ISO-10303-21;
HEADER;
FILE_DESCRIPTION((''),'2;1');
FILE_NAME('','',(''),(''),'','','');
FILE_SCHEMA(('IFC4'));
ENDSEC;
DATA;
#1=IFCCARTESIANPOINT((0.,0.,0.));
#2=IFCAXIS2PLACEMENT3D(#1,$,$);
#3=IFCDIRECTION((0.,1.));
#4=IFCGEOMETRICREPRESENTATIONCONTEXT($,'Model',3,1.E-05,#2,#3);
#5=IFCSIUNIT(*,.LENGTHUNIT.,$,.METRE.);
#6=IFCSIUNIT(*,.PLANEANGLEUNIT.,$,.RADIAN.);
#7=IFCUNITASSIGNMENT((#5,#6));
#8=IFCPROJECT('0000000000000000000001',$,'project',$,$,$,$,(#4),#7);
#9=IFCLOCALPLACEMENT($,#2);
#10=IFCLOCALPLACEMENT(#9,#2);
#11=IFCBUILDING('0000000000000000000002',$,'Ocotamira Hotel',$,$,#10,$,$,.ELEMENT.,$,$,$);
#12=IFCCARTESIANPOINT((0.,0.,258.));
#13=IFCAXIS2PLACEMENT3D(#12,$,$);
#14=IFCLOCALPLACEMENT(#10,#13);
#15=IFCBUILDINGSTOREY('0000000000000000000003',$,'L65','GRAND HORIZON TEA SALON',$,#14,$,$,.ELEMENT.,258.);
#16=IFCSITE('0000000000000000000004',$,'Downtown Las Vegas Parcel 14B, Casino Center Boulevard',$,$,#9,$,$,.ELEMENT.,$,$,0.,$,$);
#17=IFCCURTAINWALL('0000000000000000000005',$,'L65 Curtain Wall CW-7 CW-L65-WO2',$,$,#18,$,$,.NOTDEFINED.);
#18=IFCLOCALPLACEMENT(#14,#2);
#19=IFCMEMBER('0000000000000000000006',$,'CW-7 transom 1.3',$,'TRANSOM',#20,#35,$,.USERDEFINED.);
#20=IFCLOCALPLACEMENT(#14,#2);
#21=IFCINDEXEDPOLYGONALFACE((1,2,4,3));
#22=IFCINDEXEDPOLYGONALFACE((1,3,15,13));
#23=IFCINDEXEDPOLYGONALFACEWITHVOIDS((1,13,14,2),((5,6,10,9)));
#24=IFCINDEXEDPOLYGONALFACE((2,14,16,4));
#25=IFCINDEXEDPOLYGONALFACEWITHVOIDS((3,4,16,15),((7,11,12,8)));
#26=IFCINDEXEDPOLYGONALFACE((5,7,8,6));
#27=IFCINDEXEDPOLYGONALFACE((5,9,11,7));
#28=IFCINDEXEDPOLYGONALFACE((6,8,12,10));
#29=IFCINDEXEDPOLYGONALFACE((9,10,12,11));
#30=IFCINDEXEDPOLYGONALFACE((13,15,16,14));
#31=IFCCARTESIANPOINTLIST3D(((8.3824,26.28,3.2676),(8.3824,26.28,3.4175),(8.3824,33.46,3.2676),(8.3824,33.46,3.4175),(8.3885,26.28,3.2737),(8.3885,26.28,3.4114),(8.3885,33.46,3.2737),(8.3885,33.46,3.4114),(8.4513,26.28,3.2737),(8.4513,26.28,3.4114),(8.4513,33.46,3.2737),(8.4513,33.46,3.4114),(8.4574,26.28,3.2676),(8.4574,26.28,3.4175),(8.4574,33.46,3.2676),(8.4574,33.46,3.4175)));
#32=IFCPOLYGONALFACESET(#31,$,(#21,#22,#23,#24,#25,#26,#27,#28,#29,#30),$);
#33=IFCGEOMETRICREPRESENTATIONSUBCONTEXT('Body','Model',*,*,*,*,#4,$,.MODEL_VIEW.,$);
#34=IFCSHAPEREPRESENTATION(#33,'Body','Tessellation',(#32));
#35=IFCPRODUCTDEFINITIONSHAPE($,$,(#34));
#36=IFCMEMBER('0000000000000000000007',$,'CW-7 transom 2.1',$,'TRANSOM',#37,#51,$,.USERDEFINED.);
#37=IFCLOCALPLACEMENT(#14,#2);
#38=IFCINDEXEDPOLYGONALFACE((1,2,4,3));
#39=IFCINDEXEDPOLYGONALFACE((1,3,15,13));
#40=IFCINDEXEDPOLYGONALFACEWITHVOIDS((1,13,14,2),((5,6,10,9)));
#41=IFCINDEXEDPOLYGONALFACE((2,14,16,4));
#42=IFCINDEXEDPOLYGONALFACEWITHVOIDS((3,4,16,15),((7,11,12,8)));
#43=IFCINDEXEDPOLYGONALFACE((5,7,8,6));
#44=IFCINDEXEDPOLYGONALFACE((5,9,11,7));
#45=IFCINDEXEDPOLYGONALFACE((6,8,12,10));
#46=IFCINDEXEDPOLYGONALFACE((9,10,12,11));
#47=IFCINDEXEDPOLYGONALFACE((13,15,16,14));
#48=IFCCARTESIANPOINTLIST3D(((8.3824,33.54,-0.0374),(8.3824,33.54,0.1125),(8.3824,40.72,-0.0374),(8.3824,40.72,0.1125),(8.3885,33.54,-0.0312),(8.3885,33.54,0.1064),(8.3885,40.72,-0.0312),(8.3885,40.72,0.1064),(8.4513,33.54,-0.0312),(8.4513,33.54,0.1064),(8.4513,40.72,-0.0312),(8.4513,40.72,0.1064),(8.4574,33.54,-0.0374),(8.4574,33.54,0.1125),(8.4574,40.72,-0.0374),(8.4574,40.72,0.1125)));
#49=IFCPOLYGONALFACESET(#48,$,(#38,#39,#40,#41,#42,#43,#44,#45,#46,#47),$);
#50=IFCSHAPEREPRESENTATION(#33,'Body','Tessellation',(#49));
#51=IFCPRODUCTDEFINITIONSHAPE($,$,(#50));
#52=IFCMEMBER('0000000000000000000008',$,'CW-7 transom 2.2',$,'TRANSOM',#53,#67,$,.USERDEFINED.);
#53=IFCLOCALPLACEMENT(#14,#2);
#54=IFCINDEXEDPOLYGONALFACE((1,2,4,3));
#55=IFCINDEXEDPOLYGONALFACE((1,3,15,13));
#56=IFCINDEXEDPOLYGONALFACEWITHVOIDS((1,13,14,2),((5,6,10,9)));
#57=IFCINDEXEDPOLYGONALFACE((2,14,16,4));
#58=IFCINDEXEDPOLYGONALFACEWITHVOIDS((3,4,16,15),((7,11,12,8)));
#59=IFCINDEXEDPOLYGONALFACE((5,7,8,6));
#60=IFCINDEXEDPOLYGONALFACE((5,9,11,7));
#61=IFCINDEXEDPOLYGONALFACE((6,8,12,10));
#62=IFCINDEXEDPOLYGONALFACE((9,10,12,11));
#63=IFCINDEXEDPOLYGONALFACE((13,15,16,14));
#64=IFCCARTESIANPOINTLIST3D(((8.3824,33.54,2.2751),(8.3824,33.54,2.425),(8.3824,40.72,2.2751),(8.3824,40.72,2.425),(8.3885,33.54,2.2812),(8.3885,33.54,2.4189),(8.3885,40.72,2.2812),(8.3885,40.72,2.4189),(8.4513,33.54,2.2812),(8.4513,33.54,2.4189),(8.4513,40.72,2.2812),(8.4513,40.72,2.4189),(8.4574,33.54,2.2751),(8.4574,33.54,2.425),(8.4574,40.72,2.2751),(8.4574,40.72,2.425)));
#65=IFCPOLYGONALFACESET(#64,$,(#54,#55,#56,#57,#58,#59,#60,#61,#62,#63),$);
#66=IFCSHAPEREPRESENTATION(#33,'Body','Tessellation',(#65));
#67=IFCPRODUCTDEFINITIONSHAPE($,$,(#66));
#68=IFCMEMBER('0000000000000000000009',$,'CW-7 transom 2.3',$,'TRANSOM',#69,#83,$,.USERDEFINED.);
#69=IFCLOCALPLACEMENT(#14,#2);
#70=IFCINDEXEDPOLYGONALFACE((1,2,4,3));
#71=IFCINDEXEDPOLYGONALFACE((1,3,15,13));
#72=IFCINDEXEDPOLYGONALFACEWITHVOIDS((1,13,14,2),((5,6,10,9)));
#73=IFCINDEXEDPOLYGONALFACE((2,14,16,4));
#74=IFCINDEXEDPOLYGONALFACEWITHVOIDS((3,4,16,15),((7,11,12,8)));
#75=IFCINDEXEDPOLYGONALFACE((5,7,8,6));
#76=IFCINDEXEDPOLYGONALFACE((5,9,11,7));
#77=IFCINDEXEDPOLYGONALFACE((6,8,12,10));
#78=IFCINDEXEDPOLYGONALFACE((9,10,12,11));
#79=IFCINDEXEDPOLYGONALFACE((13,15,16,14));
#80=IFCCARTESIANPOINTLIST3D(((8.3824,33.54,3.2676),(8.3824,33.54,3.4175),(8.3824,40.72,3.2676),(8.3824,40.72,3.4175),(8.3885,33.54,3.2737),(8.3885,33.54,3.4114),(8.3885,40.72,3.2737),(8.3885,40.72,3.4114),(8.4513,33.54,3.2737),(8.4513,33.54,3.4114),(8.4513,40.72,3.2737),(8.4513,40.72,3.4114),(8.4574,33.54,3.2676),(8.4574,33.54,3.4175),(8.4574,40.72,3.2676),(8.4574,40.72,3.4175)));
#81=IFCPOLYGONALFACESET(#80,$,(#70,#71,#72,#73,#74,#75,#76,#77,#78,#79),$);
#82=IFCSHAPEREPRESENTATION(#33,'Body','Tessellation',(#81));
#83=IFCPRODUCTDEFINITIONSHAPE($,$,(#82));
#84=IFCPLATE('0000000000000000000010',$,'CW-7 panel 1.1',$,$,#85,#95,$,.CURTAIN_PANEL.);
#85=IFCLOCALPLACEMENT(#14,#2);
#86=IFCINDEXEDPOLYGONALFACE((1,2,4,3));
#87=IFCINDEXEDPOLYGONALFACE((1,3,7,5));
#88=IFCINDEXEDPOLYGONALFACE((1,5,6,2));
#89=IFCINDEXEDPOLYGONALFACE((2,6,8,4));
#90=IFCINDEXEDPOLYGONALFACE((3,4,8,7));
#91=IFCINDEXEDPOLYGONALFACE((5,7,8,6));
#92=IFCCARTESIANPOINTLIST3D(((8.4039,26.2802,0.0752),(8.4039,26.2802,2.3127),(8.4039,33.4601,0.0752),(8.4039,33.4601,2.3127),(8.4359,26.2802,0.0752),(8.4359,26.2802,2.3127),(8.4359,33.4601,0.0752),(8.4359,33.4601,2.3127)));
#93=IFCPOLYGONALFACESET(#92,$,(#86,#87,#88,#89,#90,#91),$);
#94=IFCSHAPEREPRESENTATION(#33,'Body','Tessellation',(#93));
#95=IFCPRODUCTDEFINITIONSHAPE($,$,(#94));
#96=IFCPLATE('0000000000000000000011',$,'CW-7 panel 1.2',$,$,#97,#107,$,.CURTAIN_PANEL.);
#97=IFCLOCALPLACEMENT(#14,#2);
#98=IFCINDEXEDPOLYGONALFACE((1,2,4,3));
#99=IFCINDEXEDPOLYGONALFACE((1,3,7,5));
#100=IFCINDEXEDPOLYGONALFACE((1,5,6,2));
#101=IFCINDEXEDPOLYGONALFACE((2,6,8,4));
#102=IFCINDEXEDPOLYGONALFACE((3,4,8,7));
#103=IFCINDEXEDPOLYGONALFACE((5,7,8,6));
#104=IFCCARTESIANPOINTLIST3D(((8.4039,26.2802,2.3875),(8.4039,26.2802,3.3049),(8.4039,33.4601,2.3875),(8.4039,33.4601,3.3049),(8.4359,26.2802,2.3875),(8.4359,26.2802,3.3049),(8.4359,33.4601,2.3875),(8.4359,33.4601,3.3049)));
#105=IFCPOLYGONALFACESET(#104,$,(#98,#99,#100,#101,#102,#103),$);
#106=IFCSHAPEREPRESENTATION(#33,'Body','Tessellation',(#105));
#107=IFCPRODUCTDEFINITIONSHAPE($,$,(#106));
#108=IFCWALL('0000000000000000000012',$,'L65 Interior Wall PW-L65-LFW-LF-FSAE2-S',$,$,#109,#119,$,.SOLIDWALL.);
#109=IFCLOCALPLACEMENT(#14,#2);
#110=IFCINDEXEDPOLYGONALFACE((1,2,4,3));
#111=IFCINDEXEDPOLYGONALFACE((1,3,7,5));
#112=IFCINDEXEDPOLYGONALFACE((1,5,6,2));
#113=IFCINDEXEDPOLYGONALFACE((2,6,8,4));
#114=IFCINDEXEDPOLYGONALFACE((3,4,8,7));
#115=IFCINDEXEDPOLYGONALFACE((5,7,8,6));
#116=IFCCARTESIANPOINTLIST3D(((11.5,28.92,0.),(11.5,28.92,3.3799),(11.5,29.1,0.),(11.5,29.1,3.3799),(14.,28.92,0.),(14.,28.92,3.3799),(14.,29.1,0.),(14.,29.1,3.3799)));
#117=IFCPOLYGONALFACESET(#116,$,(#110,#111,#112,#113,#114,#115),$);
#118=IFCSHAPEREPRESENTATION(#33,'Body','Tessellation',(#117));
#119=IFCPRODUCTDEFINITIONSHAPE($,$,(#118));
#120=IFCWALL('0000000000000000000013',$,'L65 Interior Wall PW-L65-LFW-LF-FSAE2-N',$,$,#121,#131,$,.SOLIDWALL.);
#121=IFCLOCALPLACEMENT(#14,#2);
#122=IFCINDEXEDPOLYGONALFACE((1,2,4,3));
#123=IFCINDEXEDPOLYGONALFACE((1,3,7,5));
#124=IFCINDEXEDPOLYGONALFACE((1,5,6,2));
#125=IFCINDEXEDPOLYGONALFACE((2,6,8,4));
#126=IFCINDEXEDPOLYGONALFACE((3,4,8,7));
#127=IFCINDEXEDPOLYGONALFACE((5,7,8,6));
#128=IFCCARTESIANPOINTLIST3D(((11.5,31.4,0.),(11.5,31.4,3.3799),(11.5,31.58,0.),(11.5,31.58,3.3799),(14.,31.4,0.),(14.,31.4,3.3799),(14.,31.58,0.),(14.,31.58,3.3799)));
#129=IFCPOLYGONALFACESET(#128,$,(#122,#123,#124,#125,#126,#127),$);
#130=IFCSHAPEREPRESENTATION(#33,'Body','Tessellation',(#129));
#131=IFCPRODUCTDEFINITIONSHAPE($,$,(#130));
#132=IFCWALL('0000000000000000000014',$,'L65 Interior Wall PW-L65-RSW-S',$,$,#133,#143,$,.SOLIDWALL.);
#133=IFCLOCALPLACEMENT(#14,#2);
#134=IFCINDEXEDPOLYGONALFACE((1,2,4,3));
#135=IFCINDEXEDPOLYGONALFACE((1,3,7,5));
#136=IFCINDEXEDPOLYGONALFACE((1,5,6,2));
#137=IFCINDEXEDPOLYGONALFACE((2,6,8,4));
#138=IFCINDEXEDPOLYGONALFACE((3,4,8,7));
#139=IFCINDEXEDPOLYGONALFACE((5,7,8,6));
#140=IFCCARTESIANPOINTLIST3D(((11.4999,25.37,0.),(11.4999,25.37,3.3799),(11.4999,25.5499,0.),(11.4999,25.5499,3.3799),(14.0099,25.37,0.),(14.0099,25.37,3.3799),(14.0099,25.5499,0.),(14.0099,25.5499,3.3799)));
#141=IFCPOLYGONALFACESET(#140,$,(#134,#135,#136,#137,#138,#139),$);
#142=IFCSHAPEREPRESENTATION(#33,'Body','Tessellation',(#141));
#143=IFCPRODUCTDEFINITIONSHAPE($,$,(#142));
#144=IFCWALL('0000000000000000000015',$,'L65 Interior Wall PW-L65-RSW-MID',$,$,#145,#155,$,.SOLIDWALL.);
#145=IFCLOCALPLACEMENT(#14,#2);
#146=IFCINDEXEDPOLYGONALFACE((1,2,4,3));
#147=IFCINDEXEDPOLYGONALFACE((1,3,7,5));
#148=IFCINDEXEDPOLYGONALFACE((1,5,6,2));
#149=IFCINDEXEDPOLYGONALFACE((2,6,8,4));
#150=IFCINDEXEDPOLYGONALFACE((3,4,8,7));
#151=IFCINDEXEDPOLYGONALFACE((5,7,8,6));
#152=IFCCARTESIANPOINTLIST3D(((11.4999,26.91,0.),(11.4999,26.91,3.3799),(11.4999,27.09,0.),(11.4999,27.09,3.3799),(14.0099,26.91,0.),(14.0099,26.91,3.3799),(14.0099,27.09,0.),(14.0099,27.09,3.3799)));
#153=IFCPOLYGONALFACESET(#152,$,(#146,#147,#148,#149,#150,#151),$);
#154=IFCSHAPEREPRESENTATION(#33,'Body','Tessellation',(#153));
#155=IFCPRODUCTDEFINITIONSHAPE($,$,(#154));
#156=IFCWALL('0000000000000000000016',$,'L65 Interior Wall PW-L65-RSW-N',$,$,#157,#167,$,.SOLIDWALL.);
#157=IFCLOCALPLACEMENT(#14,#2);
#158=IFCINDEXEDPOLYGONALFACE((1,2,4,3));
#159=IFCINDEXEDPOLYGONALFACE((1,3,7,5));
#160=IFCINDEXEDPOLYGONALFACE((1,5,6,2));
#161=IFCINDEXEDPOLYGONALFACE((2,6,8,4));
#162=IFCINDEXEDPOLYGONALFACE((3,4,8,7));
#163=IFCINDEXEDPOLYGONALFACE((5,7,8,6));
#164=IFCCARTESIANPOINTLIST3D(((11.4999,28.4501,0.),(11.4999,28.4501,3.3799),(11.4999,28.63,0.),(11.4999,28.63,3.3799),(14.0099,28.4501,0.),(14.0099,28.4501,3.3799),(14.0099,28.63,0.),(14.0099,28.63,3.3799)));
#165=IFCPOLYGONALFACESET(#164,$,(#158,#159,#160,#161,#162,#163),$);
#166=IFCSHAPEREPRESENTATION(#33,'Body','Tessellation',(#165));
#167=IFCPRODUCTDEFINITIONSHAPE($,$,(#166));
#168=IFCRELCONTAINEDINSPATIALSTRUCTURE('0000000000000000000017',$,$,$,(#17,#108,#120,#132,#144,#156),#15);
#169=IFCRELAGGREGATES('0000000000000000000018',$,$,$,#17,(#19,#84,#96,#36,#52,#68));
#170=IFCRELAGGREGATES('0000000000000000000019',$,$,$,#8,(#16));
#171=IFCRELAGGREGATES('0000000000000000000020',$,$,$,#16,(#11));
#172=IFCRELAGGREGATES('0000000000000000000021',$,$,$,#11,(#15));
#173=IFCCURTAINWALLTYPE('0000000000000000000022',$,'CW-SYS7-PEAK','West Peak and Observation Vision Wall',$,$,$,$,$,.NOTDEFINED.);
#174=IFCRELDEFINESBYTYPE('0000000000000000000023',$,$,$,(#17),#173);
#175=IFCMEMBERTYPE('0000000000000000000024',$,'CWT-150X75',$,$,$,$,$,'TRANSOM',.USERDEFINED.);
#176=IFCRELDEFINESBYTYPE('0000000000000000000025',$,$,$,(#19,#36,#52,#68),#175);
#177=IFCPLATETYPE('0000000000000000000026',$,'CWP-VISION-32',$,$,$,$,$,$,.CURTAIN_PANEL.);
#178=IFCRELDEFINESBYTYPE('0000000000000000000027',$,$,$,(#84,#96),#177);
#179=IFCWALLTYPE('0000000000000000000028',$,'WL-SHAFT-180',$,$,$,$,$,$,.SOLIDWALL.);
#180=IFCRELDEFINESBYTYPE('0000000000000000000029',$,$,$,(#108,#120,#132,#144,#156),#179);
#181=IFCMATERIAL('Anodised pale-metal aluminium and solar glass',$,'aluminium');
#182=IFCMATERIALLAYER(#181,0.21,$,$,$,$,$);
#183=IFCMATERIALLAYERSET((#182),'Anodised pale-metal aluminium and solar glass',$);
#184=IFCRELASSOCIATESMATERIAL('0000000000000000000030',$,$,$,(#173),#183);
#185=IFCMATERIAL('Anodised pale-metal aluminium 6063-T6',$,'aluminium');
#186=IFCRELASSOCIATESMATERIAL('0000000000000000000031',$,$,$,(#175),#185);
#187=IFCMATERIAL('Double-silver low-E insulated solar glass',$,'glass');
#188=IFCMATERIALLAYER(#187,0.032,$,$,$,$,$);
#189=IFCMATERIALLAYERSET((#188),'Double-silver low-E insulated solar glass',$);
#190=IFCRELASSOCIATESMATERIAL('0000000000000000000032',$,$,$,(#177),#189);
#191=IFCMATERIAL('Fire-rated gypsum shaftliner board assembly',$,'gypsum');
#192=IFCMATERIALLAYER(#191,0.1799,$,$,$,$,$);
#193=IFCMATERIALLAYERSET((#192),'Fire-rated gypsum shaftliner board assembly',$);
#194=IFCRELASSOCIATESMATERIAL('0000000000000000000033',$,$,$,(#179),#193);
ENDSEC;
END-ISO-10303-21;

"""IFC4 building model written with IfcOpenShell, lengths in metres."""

from ifc_helpers import new_model, si_unit, direction, frame, frame_2d, origin, origin_2d, place, context, subcontext, project, spatial, rectangle, hollow_rectangle, extrude, source, transform, mapped, material, layer, layer_set, material_profile, profile_set, type_object, element, aggregate, save


model = new_model("IFC4")

# Units and contexts
model_context = context("Model", 3, precision=1e-05, world=origin(), true_north=direction((0.0, 1.0)))
body_context = subcontext(model_context, "Body", "Model", "MODEL_VIEW")
ifc_project = project(units=[si_unit("LENGTHUNIT", "METRE"), si_unit("PLANEANGLEUNIT", "RADIAN")], contexts=[model_context])

# Site, building, storey
site_placement = place(None, origin())
site = spatial("IfcSite", under=ifc_project, at=site_placement, Name="Downtown Las Vegas Parcel 14B, Casino Center Boulevard", CompositionType="ELEMENT", RefElevation=0.0)
building_placement = place(site_placement, origin())
building = spatial("IfcBuilding", under=site, at=building_placement, Name="Ocotamira Hotel", CompositionType="ELEMENT")
storey_placement = place(building_placement, frame((0.0, 0.0, 258.0)))
storey = spatial("IfcBuildingStorey", under=building, at=storey_placement, Name="L65", Description="GRAND HORIZON TEA SALON", CompositionType="ELEMENT", Elevation=258.0)

# Shared definitions
ifc_material_1 = material(Name="Anodised pale-metal aluminium and solar glass", Category="aluminium")
ifc_layer_1 = layer(ifc_material_1, 0.21)
ifc_layer_set_1 = layer_set([ifc_layer_1], Name="Anodised pale-metal aluminium and solar glass")
curtain_wall_type = type_object("IfcCurtainWallType", Name="CW-SYS7-PEAK", Description="West Peak and Observation Vision Wall", PredefinedType="NOTDEFINED", material=ifc_layer_set_1)
ifc_material_2 = material(Name="Anodised pale-metal aluminium 6063-T6", Category="aluminium")

# Curtain wall, members, plates
curtain_wall_1_placement = place(storey_placement, origin())
curtain_wall_1 = element("IfcCurtainWall", 1, at=curtain_wall_1_placement, inside=storey, type_object=curtain_wall_type, Name="L65 Curtain Wall CW-7 CW-L65-WO2", PredefinedType="NOTDEFINED")
ifc_material_profile_1 = material_profile(ifc_material_2, hollow_rectangle(XDim=0.075, YDim=0.1499, WallThickness=0.0061, at=origin_2d()), Name="HSS150X75X6")
ifc_profile_set_1 = profile_set([ifc_material_profile_1], Name="Anodised pale-metal aluminium 6063-T6")
member_type_1 = type_object("IfcMemberType", Name="CWT-150X75", ElementType="TRANSOM", PredefinedType="USERDEFINED", material=ifc_profile_set_1)
shared_shape_1 = source(origin(), body_context, "Body", "SweptSolid", [
    extrude(hollow_rectangle(XDim=0.075, YDim=0.1499, WallThickness=0.0061, at=origin_2d()), origin(), (0.0, 0.0, 1.0), 7.1799),
])
member_1_placement = place(storey_placement, frame((8.4199, 26.28, 3.3425), z_axis=(0.0, 1.0, 0.0), x_axis=(-1.0, 0.0, 0.0)))
member_1 = element("IfcMember", 2, at=member_1_placement, type_object=member_type_1, Name="CW-7 transom 1.3", ObjectType="TRANSOM", PredefinedType="USERDEFINED", context=body_context, shape_type="MappedRepresentation", body=[
    mapped(shared_shape_1, transform((0.0, 0.0, 0.0), scale=1.0)),
])
member_2_placement = place(storey_placement, frame((8.4199, 33.54, 0.0376), z_axis=(0.0, 1.0, 0.0), x_axis=(-1.0, 0.0, 0.0)))
member_2 = element("IfcMember", 3, at=member_2_placement, type_object=member_type_1, Name="CW-7 transom 2.1", ObjectType="TRANSOM", PredefinedType="USERDEFINED", context=body_context, shape_type="MappedRepresentation", body=[
    mapped(shared_shape_1, transform((0.0, 0.0, 0.0), scale=1.0)),
])
member_3_placement = place(storey_placement, frame((8.4199, 33.54, 2.3501), z_axis=(0.0, 1.0, 0.0), x_axis=(-1.0, 0.0, 0.0)))
member_3 = element("IfcMember", 4, at=member_3_placement, type_object=member_type_1, Name="CW-7 transom 2.2", ObjectType="TRANSOM", PredefinedType="USERDEFINED", context=body_context, shape_type="MappedRepresentation", body=[
    mapped(shared_shape_1, transform((0.0, 0.0, 0.0), scale=1.0)),
])
member_4_placement = place(storey_placement, frame((8.4199, 33.54, 3.3425), z_axis=(0.0, 1.0, 0.0), x_axis=(-1.0, 0.0, 0.0)))
member_4 = element("IfcMember", 5, at=member_4_placement, type_object=member_type_1, Name="CW-7 transom 2.3", ObjectType="TRANSOM", PredefinedType="USERDEFINED", context=body_context, shape_type="MappedRepresentation", body=[
    mapped(shared_shape_1, transform((0.0, 0.0, 0.0), scale=1.0)),
])
ifc_material_3 = material(Name="Double-silver low-E insulated solar glass", Category="glass")
ifc_layer_2 = layer(ifc_material_3, 0.032)
ifc_layer_set_2 = layer_set([ifc_layer_2], Name="Double-silver low-E insulated solar glass")
plate_type = type_object("IfcPlateType", Name="CWP-VISION-32", PredefinedType="CURTAIN_PANEL", material=ifc_layer_set_2)
shared_shape_2 = source(origin(), body_context, "Body", "SweptSolid", [
    extrude(rectangle(XDim=7.1799, YDim=0.032, at=origin_2d()), origin(), (0.0, 0.0, 1.0), 2.2375),
])
plate_1_placement = place(storey_placement, frame((8.4199, 29.8701, 0.0752), z_axis=(0.0, 0.0, 1.0), x_axis=(0.0, 1.0, 0.0)))
plate_1 = element("IfcPlate", 6, at=plate_1_placement, type_object=plate_type, Name="CW-7 panel 1.1", PredefinedType="CURTAIN_PANEL", context=body_context, shape_type="MappedRepresentation", body=[
    mapped(shared_shape_2, transform((0.0, 0.0, 0.0), scale=1.0)),
])
shared_shape_3 = source(origin(), body_context, "Body", "SweptSolid", [
    extrude(rectangle(XDim=7.1799, YDim=0.032, at=origin_2d()), origin(), (0.0, 0.0, 1.0), 0.9175),
])
plate_2_placement = place(storey_placement, frame((8.4199, 29.8701, 2.3875), z_axis=(0.0, 0.0, 1.0), x_axis=(0.0, 1.0, 0.0)))
plate_2 = element("IfcPlate", 7, at=plate_2_placement, type_object=plate_type, Name="CW-7 panel 1.2", PredefinedType="CURTAIN_PANEL", context=body_context, shape_type="MappedRepresentation", body=[
    mapped(shared_shape_3, transform((0.0, 0.0, 0.0), scale=1.0)),
])
aggregate(curtain_wall_1, [member_1, plate_1, plate_2, member_2, member_3, member_4])

# Walls
ifc_material_4 = material(Name="Fire-rated gypsum shaftliner board assembly", Category="gypsum")
ifc_layer_3 = layer(ifc_material_4, 0.1799)
ifc_layer_set_3 = layer_set([ifc_layer_3], Name="Fire-rated gypsum shaftliner board assembly")
wall_type_1 = type_object("IfcWallType", Name="WL-SHAFT-180", PredefinedType="SOLIDWALL", material=ifc_layer_set_3)
for number, where, z_axis, x_axis, name in (
    (8, (11.5, 29.01, 0.0), (0.0, 0.0, 1.0), (1.0, 0.0, 0.0), "L65 Interior Wall PW-L65-LFW-LF-FSAE2-S"),
    (9, (11.5, 31.49, 0.0), (0.0, 0.0, 1.0), (1.0, 0.0, 0.0), "L65 Interior Wall PW-L65-LFW-LF-FSAE2-N"),
):
    element("IfcWall", number, at=place(storey_placement, frame(where, z_axis=z_axis, x_axis=x_axis)), inside=storey, type_object=wall_type_1, Name=name, PredefinedType="SOLIDWALL", context=body_context, shape_type="SweptSolid", body=[
        extrude(rectangle(XDim=2.5, YDim=0.1799, at=frame_2d((1.25, 0.0))), origin(), (0.0, 0.0, 1.0), 3.3799),
    ])
for number, where, z_axis, x_axis, name in (
    (10, (11.5, 25.46, 0.0), (0.0, 0.0, 1.0), (1.0, 0.0, 0.0), "L65 Interior Wall PW-L65-RSW-S"),
    (11, (11.5, 27.0, 0.0), (0.0, 0.0, 1.0), (1.0, 0.0, 0.0), "L65 Interior Wall PW-L65-RSW-MID"),
    (12, (11.5, 28.54, 0.0), (0.0, 0.0, 1.0), (1.0, 0.0, 0.0), "L65 Interior Wall PW-L65-RSW-N"),
):
    element("IfcWall", number, at=place(storey_placement, frame(where, z_axis=z_axis, x_axis=x_axis)), inside=storey, type_object=wall_type_1, Name=name, PredefinedType="SOLIDWALL", context=body_context, shape_type="SweptSolid", body=[
        extrude(rectangle(XDim=2.51, YDim=0.1799, at=frame_2d((1.2549, 0.0))), origin(), (0.0, 0.0, 1.0), 3.3799),
    ])

save(model, "model.ifc")
